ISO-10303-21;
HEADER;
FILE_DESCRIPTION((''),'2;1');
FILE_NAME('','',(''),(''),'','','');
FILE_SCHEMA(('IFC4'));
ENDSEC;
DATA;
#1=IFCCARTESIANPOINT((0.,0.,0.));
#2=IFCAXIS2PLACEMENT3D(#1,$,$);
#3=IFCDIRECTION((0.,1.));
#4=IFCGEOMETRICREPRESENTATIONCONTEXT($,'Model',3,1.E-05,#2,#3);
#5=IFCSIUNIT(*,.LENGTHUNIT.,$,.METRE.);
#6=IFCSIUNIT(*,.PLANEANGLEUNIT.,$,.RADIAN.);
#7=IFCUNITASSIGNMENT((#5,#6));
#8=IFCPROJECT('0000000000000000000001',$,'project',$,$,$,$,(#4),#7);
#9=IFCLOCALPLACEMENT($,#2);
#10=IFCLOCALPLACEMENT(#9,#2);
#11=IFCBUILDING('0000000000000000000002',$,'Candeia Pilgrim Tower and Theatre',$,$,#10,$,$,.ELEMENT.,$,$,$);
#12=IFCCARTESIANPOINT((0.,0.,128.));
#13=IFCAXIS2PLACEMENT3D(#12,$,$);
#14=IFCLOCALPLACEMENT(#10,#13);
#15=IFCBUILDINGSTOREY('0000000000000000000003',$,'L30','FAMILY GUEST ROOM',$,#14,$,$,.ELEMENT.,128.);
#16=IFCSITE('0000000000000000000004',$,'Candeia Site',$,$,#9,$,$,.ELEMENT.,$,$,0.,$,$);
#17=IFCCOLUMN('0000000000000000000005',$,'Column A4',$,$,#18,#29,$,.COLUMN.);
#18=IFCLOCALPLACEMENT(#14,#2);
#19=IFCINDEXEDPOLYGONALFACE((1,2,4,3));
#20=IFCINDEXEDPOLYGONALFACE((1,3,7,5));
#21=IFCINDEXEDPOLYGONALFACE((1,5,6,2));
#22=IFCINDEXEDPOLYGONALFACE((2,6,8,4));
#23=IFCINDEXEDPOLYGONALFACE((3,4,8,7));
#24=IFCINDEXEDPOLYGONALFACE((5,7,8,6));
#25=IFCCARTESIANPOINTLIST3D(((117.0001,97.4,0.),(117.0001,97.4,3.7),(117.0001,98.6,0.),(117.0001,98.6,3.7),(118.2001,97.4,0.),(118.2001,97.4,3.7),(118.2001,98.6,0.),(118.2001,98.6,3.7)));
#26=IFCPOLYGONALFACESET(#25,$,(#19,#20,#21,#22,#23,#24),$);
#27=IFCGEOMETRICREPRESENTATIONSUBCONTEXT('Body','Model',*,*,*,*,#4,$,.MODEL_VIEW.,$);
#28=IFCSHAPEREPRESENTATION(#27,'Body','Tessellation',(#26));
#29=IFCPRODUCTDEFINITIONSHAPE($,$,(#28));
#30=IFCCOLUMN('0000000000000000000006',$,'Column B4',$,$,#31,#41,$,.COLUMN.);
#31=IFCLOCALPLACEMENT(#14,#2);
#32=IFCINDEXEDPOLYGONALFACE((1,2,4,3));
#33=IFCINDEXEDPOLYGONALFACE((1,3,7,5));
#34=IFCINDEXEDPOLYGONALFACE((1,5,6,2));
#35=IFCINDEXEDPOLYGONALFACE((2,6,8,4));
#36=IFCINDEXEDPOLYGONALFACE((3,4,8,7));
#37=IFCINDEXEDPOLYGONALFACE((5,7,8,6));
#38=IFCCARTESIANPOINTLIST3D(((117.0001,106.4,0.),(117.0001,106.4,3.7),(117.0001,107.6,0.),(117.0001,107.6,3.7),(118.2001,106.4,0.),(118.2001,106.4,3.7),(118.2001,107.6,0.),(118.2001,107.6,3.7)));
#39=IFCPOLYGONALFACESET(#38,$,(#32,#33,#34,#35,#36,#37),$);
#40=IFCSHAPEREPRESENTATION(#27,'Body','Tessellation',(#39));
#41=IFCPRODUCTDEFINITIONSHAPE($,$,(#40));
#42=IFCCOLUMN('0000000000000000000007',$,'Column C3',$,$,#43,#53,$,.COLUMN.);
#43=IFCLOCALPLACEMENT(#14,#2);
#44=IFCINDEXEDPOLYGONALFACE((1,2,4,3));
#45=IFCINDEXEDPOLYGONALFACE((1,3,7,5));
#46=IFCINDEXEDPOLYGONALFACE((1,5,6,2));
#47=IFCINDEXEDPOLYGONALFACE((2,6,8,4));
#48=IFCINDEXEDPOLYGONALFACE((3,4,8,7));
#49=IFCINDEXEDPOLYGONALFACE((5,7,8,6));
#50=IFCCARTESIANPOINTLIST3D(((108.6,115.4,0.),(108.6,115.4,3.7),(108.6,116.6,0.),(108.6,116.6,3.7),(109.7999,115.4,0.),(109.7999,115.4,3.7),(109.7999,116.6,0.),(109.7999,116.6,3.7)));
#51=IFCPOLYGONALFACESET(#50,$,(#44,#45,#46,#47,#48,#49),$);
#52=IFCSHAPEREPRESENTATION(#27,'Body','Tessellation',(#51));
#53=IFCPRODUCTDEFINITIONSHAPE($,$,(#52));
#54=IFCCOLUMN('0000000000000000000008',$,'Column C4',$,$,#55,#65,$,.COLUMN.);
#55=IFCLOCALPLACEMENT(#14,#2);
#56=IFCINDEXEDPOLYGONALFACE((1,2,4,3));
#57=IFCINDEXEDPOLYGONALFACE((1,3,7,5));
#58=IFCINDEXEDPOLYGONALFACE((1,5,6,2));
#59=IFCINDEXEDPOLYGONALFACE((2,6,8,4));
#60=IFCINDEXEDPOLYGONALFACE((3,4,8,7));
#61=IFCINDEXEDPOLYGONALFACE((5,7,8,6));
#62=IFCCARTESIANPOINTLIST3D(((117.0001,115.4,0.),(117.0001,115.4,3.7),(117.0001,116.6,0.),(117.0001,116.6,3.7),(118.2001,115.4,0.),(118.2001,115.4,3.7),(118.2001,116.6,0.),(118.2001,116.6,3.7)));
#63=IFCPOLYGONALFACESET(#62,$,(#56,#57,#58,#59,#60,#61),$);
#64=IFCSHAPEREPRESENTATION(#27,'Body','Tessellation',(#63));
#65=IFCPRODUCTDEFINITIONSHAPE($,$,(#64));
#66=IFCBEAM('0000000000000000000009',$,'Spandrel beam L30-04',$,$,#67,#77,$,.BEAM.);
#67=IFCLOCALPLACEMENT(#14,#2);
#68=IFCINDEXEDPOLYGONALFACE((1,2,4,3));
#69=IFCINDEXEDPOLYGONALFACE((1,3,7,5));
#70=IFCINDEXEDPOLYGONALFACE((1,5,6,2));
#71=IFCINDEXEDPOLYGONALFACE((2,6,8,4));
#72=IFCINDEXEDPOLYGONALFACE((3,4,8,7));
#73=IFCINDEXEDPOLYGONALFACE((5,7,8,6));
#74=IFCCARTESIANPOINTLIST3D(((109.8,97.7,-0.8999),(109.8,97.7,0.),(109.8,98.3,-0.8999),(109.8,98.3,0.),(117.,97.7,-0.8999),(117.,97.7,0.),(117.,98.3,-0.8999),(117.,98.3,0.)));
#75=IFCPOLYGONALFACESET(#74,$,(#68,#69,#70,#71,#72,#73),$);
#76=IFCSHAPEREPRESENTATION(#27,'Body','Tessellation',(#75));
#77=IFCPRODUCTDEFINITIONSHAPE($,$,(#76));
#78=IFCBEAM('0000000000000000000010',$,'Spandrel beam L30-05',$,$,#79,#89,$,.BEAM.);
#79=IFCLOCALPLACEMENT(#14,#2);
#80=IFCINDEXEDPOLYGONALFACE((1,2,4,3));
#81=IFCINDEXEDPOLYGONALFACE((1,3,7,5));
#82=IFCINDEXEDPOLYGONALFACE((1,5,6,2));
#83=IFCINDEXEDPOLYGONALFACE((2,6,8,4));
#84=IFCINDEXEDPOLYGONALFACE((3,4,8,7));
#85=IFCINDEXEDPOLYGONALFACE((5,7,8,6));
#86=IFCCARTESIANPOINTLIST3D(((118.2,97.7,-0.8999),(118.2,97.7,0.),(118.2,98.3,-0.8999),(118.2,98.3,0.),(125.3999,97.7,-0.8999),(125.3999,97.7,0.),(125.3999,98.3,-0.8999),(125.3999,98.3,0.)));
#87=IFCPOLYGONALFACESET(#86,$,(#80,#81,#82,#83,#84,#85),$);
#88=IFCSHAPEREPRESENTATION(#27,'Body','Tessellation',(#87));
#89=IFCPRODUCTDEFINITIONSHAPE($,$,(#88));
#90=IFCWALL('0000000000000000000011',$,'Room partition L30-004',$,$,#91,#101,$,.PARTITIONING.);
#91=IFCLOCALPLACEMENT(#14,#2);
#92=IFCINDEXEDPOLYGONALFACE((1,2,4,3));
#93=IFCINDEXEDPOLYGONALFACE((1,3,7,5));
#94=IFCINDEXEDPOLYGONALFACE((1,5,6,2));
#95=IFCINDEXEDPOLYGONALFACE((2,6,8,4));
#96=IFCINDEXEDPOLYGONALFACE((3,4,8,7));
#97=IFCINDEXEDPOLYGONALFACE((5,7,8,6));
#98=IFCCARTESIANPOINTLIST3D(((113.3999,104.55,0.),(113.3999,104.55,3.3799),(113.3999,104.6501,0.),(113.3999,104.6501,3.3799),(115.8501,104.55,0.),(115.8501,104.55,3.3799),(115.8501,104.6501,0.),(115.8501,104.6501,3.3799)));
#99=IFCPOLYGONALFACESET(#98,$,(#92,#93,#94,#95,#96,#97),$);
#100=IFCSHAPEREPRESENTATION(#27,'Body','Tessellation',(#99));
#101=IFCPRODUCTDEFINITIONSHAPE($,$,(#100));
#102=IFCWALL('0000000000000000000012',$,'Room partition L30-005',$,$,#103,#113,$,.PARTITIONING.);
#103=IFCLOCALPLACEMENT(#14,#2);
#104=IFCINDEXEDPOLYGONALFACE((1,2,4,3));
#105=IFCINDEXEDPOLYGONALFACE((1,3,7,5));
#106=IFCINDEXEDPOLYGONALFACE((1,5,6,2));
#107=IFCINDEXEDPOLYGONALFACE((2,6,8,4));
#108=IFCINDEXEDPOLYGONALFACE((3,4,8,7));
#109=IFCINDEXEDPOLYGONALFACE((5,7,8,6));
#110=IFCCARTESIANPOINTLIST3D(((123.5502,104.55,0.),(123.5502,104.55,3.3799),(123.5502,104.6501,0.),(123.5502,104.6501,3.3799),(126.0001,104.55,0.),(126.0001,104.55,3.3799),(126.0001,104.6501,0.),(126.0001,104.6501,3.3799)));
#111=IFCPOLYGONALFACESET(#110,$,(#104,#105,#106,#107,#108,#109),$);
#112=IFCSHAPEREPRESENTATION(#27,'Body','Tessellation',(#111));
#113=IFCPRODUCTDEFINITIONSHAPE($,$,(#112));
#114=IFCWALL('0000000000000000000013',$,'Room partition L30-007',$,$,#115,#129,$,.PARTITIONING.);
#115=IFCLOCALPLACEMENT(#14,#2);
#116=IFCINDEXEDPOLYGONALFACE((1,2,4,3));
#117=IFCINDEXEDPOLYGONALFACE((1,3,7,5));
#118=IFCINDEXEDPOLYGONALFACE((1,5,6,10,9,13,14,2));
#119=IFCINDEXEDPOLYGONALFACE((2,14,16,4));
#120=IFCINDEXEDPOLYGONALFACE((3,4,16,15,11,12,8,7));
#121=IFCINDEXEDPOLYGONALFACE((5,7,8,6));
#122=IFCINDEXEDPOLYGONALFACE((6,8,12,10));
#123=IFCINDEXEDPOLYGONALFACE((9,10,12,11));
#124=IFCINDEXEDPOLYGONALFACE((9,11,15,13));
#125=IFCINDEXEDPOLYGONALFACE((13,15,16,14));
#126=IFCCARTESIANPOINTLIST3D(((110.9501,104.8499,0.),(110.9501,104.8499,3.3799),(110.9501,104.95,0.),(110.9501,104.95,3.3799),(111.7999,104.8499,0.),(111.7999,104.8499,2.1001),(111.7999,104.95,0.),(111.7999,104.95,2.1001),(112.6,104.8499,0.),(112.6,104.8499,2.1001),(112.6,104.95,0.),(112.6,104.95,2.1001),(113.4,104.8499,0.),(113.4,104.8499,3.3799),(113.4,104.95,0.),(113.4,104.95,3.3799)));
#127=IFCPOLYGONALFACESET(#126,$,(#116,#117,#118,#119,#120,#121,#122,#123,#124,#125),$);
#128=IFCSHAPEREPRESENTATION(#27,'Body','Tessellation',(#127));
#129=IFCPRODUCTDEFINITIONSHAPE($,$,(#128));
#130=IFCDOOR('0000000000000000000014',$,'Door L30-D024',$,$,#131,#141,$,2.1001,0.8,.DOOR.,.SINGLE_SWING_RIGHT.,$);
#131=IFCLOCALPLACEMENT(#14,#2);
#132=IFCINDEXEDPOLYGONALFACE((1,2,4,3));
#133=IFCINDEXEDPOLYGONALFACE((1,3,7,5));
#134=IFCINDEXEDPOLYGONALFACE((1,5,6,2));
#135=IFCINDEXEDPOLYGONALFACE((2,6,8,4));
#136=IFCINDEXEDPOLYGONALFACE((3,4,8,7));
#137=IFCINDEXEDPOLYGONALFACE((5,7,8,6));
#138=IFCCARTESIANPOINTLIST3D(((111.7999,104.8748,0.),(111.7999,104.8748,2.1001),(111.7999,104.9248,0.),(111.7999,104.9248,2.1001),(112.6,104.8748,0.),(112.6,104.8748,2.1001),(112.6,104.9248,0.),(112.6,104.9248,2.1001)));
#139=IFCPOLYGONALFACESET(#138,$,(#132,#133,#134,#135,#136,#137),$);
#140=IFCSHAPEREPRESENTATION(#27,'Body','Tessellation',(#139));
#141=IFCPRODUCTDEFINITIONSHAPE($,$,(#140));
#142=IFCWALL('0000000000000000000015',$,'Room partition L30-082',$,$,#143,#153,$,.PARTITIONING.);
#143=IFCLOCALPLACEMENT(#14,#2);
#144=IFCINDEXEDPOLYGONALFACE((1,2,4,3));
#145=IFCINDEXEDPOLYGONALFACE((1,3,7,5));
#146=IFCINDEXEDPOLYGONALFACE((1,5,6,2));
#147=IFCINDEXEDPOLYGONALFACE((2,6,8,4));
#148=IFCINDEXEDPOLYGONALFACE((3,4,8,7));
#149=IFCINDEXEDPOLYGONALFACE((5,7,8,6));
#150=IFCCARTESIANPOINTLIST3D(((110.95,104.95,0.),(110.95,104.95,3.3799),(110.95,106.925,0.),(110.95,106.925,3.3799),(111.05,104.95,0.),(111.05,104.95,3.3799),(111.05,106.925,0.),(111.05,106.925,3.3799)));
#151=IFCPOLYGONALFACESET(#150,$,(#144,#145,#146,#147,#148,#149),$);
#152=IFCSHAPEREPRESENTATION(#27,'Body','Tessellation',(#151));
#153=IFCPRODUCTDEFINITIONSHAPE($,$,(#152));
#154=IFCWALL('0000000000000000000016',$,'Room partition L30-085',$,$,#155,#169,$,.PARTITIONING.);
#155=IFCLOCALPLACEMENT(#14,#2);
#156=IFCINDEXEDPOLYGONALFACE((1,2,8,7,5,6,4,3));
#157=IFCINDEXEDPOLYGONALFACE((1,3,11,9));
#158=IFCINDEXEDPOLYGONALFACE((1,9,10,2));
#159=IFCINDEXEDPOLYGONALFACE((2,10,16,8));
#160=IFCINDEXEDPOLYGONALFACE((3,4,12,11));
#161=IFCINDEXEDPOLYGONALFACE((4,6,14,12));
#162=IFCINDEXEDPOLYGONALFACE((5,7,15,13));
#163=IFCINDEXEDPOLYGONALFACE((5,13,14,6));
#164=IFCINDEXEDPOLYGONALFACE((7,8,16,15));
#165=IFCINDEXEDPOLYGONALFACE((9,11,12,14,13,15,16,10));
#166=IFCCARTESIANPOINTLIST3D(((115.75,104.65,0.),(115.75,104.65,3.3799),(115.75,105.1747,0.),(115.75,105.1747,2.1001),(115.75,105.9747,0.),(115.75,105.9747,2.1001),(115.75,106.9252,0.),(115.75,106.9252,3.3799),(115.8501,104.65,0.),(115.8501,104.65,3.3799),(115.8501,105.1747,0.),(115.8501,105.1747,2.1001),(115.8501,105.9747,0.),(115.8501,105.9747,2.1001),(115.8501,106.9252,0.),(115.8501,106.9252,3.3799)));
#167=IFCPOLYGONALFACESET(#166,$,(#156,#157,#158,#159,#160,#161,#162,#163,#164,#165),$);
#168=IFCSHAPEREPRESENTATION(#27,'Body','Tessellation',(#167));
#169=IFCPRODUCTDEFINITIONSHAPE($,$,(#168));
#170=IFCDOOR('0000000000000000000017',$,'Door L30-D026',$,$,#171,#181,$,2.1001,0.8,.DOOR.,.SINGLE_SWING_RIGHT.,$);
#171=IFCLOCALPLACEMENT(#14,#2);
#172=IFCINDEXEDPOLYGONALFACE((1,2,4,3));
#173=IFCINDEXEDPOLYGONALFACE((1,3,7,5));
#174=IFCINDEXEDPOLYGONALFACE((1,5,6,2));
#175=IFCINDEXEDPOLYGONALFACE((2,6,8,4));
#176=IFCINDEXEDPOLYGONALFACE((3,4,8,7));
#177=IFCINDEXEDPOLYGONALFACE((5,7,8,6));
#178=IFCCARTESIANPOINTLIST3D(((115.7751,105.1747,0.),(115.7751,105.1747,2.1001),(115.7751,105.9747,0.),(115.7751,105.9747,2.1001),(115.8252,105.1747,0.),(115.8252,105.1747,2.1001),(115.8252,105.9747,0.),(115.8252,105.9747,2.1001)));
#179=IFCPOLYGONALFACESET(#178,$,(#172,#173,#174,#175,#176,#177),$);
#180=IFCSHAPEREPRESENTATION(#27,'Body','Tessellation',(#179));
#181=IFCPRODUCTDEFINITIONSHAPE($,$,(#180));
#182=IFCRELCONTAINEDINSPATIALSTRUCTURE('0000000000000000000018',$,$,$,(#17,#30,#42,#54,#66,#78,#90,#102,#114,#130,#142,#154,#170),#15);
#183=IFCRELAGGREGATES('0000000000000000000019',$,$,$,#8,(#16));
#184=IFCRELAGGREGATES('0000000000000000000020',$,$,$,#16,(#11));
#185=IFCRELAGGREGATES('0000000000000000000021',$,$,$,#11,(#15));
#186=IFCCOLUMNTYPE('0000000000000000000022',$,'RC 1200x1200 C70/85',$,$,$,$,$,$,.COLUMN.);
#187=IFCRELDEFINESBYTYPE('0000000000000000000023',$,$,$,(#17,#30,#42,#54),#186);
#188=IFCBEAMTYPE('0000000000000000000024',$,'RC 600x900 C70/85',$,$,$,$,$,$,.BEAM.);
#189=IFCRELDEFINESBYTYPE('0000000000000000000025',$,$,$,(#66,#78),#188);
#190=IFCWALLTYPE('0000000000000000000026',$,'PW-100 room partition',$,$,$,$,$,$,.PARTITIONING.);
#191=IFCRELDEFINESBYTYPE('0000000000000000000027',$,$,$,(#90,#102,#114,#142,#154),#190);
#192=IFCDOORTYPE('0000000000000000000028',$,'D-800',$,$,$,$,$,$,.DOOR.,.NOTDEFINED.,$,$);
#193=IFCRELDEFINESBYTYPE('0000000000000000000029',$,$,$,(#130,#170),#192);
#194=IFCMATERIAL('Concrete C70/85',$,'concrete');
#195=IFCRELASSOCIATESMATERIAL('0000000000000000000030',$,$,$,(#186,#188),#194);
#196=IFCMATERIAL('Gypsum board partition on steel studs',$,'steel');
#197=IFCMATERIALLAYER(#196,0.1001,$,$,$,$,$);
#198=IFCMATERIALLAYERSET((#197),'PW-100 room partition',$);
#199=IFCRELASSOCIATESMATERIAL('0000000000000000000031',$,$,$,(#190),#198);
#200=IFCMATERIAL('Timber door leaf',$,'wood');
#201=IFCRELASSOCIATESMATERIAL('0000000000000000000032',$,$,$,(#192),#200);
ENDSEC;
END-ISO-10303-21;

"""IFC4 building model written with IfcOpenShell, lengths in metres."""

from ifc_helpers import new_model, si_unit, direction, frame, frame_2d, origin, origin_2d, place, context, subcontext, project, spatial, rectangle, extrude, material, layer, layer_set, material_profile, profile_set, type_object, element, fill, save


model = new_model("IFC4")

# Units and contexts
model_context = context("Model", 3, precision=1e-05, world=origin(), true_north=direction((0.0, 1.0)))
body_context = subcontext(model_context, "Body", "Model", "MODEL_VIEW")
ifc_project = project(units=[si_unit("LENGTHUNIT", "METRE"), si_unit("PLANEANGLEUNIT", "RADIAN")], contexts=[model_context])

# Site, building, storey
site_placement = place(None, origin())
site = spatial("IfcSite", under=ifc_project, at=site_placement, Name="Candeia Site", CompositionType="ELEMENT", RefElevation=0.0)
building_placement = place(site_placement, origin())
building = spatial("IfcBuilding", under=site, at=building_placement, Name="Candeia Pilgrim Tower and Theatre", CompositionType="ELEMENT")
storey_placement = place(building_placement, frame((0.0, 0.0, 128.0)))
storey = spatial("IfcBuildingStorey", under=building, at=storey_placement, Name="L30", Description="FAMILY GUEST ROOM", CompositionType="ELEMENT", Elevation=128.0)

# Columns
ifc_material_1 = material(Name="Concrete C70/85", Category="concrete")
ifc_material_profile_1 = material_profile(ifc_material_1, rectangle(XDim=1.2, YDim=1.2, at=origin_2d()))
ifc_profile_set_1 = profile_set([ifc_material_profile_1], Name="Concrete C70/85")
column_type = type_object("IfcColumnType", Name="RC 1200x1200 C70/85", PredefinedType="COLUMN", material=ifc_profile_set_1)
for number, where, z_axis, x_axis, name in (
    (1, (117.6001, 98.0, 0.0), (0.0, 0.0, 1.0), (1.0, 0.0, 0.0), "Column A4"),
    (2, (117.6001, 107.0, 0.0), (0.0, 0.0, 1.0), (1.0, 0.0, 0.0), "Column B4"),
    (3, (109.2, 116.0, 0.0), (0.0, 0.0, 1.0), (1.0, 0.0, 0.0), "Column C3"),
    (4, (117.6001, 116.0, 0.0), (0.0, 0.0, 1.0), (1.0, 0.0, 0.0), "Column C4"),
):
    element("IfcColumn", number, at=place(storey_placement, frame(where, z_axis=z_axis, x_axis=x_axis)), inside=storey, type_object=column_type, Name=name, PredefinedType="COLUMN", context=body_context, shape_type="SweptSolid", body=[
        extrude(rectangle(XDim=1.2, YDim=1.2, at=origin_2d()), origin(), (0.0, 0.0, 1.0), 3.7),
    ])

# Beams
ifc_material_profile_2 = material_profile(ifc_material_1, rectangle(XDim=0.6001, YDim=0.8999, at=origin_2d()))
ifc_profile_set_2 = profile_set([ifc_material_profile_2], Name="Concrete C70/85")
beam_type = type_object("IfcBeamType", Name="RC 600x900 C70/85", PredefinedType="BEAM", material=ifc_profile_set_2)
for number, where, z_axis, x_axis, name in (
    (5, (109.8, 98.0, -0.45), (1.0, 0.0, 0.0), (0.0, 1.0, 0.0), "Spandrel beam L30-04"),
    (6, (118.2, 98.0, -0.45), (1.0, 0.0, 0.0), (0.0, 1.0, 0.0), "Spandrel beam L30-05"),
):
    element("IfcBeam", number, at=place(storey_placement, frame(where, z_axis=z_axis, x_axis=x_axis)), inside=storey, type_object=beam_type, Name=name, PredefinedType="BEAM", context=body_context, shape_type="SweptSolid", body=[
        extrude(rectangle(XDim=0.6001, YDim=0.8999, at=origin_2d()), origin(), (0.0, 0.0, 1.0), 7.2),
    ])

# Walls
ifc_material_2 = material(Name="Gypsum board partition on steel studs", Category="steel")
ifc_layer_1 = layer(ifc_material_2, 0.1001)
ifc_layer_set_1 = layer_set([ifc_layer_1], Name="PW-100 room partition")
wall_type_1 = type_object("IfcWallType", Name="PW-100 room partition", PredefinedType="PARTITIONING", material=ifc_layer_set_1)
wall_1_placement = place(storey_placement, frame((113.3999, 104.6001, 0.0), z_axis=(0.0, 0.0, 1.0), x_axis=(1.0, 0.0, 0.0)))
element("IfcWall", 7, at=wall_1_placement, inside=storey, type_object=wall_type_1, Name="Room partition L30-004", PredefinedType="PARTITIONING", context=body_context, shape_type="SweptSolid", body=[
    extrude(rectangle(XDim=2.4502, YDim=0.1001, at=frame_2d((1.2251, 0.0))), origin(), (0.0, 0.0, 1.0), 3.3799),
])
wall_2_placement = place(storey_placement, frame((123.55, 104.6001, 0.0), z_axis=(0.0, 0.0, 1.0), x_axis=(1.0, 0.0, 0.0)))
element("IfcWall", 8, at=wall_2_placement, inside=storey, type_object=wall_type_1, Name="Room partition L30-005", PredefinedType="PARTITIONING", context=body_context, shape_type="SweptSolid", body=[
    extrude(rectangle(XDim=2.45, YDim=0.1001, at=frame_2d((1.2251, 0.0))), origin(), (0.0, 0.0, 1.0), 3.3799),
])

# Wall, opening, door
wall_3_placement = place(storey_placement, frame((110.95, 104.8999, 0.0), z_axis=(0.0, 0.0, 1.0), x_axis=(1.0, 0.0, 0.0)))
wall_3 = element("IfcWall", 9, at=wall_3_placement, inside=storey, type_object=wall_type_1, Name="Room partition L30-007", PredefinedType="PARTITIONING", context=body_context, shape_type="SweptSolid", body=[
    extrude(rectangle(XDim=2.45, YDim=0.1001, at=frame_2d((1.2251, 0.0))), origin(), (0.0, 0.0, 1.0), 3.3799),
])
opening_1_placement = place(wall_3_placement, frame((0.8501, 0.0, 0.0)))
opening_1 = element("IfcOpeningElement", 10, at=opening_1_placement, cuts=wall_3, PredefinedType="OPENING", context=body_context, shape_type="SweptSolid", body=[
    extrude(rectangle(XDim=0.8, YDim=2.1001, at=frame_2d((0.3999, 1.05))), frame((0.0, 0.0601, 0.0), z_axis=(0.0, -1.0, 0.0), x_axis=(1.0, 0.0, 0.0)), (0.0, 0.0, 1.0), 0.1201),
])
ifc_material_3 = material(Name="Timber door leaf", Category="wood")
door_type = type_object("IfcDoorType", Name="D-800", OperationType="NOTDEFINED", PredefinedType="DOOR", material=ifc_material_3)
door_1_placement = place(opening_1_placement, origin())
door_1 = element("IfcDoor", 11, at=door_1_placement, inside=storey, type_object=door_type, Name="Door L30-D024", OperationType="SINGLE_SWING_RIGHT", OverallHeight=2.1001, OverallWidth=0.8, PredefinedType="DOOR", context=body_context, shape_type="SweptSolid", body=[
    extrude(rectangle(XDim=0.8, YDim=2.1001, at=frame_2d((0.3999, 1.05))), frame((0.0, 0.0249, 0.0), z_axis=(0.0, -1.0, 0.0), x_axis=(1.0, 0.0, 0.0)), (0.0, 0.0, 1.0), 0.05),
])
fill(opening_1, door_1)

# Wall
wall_4_placement = place(storey_placement, frame((111.0, 104.95, 0.0), z_axis=(0.0, 0.0, 1.0), x_axis=(0.0, 1.0, 0.0)))
element("IfcWall", 12, at=wall_4_placement, inside=storey, type_object=wall_type_1, Name="Room partition L30-082", PredefinedType="PARTITIONING", context=body_context, shape_type="SweptSolid", body=[
    extrude(rectangle(XDim=1.9751, YDim=0.1001, at=frame_2d((0.9875, 0.0))), origin(), (0.0, 0.0, 1.0), 3.3799),
])

# Wall, opening, door
wall_5_placement = place(storey_placement, frame((115.8, 104.6499, 0.0), z_axis=(0.0, 0.0, 1.0), x_axis=(0.0, 1.0, 0.0)))
wall_5 = element("IfcWall", 13, at=wall_5_placement, inside=storey, type_object=wall_type_1, Name="Room partition L30-085", PredefinedType="PARTITIONING", context=body_context, shape_type="SweptSolid", body=[
    extrude(rectangle(XDim=2.2751, YDim=0.1001, at=frame_2d((1.1377, 0.0))), origin(), (0.0, 0.0, 1.0), 3.3799),
])
opening_2_placement = place(wall_5_placement, frame((0.5249, 0.0, 0.0)))
opening_2 = element("IfcOpeningElement", 14, at=opening_2_placement, cuts=wall_5, PredefinedType="OPENING", context=body_context, shape_type="SweptSolid", body=[
    extrude(rectangle(XDim=0.8, YDim=2.1001, at=frame_2d((0.3999, 1.05))), frame((0.0, 0.0601, 0.0), z_axis=(0.0, -1.0, 0.0), x_axis=(1.0, 0.0, 0.0)), (0.0, 0.0, 1.0), 0.1201),
])
door_2_placement = place(opening_2_placement, origin())
door_2 = element("IfcDoor", 15, at=door_2_placement, inside=storey, type_object=door_type, Name="Door L30-D026", OperationType="SINGLE_SWING_RIGHT", OverallHeight=2.1001, OverallWidth=0.8, PredefinedType="DOOR", context=body_context, shape_type="SweptSolid", body=[
    extrude(rectangle(XDim=0.8, YDim=2.1001, at=frame_2d((0.3999, 1.05))), frame((0.0, 0.0249, 0.0), z_axis=(0.0, -1.0, 0.0), x_axis=(1.0, 0.0, 0.0)), (0.0, 0.0, 1.0), 0.05),
])
fill(opening_2, door_2)

save(model, "model.ifc")
